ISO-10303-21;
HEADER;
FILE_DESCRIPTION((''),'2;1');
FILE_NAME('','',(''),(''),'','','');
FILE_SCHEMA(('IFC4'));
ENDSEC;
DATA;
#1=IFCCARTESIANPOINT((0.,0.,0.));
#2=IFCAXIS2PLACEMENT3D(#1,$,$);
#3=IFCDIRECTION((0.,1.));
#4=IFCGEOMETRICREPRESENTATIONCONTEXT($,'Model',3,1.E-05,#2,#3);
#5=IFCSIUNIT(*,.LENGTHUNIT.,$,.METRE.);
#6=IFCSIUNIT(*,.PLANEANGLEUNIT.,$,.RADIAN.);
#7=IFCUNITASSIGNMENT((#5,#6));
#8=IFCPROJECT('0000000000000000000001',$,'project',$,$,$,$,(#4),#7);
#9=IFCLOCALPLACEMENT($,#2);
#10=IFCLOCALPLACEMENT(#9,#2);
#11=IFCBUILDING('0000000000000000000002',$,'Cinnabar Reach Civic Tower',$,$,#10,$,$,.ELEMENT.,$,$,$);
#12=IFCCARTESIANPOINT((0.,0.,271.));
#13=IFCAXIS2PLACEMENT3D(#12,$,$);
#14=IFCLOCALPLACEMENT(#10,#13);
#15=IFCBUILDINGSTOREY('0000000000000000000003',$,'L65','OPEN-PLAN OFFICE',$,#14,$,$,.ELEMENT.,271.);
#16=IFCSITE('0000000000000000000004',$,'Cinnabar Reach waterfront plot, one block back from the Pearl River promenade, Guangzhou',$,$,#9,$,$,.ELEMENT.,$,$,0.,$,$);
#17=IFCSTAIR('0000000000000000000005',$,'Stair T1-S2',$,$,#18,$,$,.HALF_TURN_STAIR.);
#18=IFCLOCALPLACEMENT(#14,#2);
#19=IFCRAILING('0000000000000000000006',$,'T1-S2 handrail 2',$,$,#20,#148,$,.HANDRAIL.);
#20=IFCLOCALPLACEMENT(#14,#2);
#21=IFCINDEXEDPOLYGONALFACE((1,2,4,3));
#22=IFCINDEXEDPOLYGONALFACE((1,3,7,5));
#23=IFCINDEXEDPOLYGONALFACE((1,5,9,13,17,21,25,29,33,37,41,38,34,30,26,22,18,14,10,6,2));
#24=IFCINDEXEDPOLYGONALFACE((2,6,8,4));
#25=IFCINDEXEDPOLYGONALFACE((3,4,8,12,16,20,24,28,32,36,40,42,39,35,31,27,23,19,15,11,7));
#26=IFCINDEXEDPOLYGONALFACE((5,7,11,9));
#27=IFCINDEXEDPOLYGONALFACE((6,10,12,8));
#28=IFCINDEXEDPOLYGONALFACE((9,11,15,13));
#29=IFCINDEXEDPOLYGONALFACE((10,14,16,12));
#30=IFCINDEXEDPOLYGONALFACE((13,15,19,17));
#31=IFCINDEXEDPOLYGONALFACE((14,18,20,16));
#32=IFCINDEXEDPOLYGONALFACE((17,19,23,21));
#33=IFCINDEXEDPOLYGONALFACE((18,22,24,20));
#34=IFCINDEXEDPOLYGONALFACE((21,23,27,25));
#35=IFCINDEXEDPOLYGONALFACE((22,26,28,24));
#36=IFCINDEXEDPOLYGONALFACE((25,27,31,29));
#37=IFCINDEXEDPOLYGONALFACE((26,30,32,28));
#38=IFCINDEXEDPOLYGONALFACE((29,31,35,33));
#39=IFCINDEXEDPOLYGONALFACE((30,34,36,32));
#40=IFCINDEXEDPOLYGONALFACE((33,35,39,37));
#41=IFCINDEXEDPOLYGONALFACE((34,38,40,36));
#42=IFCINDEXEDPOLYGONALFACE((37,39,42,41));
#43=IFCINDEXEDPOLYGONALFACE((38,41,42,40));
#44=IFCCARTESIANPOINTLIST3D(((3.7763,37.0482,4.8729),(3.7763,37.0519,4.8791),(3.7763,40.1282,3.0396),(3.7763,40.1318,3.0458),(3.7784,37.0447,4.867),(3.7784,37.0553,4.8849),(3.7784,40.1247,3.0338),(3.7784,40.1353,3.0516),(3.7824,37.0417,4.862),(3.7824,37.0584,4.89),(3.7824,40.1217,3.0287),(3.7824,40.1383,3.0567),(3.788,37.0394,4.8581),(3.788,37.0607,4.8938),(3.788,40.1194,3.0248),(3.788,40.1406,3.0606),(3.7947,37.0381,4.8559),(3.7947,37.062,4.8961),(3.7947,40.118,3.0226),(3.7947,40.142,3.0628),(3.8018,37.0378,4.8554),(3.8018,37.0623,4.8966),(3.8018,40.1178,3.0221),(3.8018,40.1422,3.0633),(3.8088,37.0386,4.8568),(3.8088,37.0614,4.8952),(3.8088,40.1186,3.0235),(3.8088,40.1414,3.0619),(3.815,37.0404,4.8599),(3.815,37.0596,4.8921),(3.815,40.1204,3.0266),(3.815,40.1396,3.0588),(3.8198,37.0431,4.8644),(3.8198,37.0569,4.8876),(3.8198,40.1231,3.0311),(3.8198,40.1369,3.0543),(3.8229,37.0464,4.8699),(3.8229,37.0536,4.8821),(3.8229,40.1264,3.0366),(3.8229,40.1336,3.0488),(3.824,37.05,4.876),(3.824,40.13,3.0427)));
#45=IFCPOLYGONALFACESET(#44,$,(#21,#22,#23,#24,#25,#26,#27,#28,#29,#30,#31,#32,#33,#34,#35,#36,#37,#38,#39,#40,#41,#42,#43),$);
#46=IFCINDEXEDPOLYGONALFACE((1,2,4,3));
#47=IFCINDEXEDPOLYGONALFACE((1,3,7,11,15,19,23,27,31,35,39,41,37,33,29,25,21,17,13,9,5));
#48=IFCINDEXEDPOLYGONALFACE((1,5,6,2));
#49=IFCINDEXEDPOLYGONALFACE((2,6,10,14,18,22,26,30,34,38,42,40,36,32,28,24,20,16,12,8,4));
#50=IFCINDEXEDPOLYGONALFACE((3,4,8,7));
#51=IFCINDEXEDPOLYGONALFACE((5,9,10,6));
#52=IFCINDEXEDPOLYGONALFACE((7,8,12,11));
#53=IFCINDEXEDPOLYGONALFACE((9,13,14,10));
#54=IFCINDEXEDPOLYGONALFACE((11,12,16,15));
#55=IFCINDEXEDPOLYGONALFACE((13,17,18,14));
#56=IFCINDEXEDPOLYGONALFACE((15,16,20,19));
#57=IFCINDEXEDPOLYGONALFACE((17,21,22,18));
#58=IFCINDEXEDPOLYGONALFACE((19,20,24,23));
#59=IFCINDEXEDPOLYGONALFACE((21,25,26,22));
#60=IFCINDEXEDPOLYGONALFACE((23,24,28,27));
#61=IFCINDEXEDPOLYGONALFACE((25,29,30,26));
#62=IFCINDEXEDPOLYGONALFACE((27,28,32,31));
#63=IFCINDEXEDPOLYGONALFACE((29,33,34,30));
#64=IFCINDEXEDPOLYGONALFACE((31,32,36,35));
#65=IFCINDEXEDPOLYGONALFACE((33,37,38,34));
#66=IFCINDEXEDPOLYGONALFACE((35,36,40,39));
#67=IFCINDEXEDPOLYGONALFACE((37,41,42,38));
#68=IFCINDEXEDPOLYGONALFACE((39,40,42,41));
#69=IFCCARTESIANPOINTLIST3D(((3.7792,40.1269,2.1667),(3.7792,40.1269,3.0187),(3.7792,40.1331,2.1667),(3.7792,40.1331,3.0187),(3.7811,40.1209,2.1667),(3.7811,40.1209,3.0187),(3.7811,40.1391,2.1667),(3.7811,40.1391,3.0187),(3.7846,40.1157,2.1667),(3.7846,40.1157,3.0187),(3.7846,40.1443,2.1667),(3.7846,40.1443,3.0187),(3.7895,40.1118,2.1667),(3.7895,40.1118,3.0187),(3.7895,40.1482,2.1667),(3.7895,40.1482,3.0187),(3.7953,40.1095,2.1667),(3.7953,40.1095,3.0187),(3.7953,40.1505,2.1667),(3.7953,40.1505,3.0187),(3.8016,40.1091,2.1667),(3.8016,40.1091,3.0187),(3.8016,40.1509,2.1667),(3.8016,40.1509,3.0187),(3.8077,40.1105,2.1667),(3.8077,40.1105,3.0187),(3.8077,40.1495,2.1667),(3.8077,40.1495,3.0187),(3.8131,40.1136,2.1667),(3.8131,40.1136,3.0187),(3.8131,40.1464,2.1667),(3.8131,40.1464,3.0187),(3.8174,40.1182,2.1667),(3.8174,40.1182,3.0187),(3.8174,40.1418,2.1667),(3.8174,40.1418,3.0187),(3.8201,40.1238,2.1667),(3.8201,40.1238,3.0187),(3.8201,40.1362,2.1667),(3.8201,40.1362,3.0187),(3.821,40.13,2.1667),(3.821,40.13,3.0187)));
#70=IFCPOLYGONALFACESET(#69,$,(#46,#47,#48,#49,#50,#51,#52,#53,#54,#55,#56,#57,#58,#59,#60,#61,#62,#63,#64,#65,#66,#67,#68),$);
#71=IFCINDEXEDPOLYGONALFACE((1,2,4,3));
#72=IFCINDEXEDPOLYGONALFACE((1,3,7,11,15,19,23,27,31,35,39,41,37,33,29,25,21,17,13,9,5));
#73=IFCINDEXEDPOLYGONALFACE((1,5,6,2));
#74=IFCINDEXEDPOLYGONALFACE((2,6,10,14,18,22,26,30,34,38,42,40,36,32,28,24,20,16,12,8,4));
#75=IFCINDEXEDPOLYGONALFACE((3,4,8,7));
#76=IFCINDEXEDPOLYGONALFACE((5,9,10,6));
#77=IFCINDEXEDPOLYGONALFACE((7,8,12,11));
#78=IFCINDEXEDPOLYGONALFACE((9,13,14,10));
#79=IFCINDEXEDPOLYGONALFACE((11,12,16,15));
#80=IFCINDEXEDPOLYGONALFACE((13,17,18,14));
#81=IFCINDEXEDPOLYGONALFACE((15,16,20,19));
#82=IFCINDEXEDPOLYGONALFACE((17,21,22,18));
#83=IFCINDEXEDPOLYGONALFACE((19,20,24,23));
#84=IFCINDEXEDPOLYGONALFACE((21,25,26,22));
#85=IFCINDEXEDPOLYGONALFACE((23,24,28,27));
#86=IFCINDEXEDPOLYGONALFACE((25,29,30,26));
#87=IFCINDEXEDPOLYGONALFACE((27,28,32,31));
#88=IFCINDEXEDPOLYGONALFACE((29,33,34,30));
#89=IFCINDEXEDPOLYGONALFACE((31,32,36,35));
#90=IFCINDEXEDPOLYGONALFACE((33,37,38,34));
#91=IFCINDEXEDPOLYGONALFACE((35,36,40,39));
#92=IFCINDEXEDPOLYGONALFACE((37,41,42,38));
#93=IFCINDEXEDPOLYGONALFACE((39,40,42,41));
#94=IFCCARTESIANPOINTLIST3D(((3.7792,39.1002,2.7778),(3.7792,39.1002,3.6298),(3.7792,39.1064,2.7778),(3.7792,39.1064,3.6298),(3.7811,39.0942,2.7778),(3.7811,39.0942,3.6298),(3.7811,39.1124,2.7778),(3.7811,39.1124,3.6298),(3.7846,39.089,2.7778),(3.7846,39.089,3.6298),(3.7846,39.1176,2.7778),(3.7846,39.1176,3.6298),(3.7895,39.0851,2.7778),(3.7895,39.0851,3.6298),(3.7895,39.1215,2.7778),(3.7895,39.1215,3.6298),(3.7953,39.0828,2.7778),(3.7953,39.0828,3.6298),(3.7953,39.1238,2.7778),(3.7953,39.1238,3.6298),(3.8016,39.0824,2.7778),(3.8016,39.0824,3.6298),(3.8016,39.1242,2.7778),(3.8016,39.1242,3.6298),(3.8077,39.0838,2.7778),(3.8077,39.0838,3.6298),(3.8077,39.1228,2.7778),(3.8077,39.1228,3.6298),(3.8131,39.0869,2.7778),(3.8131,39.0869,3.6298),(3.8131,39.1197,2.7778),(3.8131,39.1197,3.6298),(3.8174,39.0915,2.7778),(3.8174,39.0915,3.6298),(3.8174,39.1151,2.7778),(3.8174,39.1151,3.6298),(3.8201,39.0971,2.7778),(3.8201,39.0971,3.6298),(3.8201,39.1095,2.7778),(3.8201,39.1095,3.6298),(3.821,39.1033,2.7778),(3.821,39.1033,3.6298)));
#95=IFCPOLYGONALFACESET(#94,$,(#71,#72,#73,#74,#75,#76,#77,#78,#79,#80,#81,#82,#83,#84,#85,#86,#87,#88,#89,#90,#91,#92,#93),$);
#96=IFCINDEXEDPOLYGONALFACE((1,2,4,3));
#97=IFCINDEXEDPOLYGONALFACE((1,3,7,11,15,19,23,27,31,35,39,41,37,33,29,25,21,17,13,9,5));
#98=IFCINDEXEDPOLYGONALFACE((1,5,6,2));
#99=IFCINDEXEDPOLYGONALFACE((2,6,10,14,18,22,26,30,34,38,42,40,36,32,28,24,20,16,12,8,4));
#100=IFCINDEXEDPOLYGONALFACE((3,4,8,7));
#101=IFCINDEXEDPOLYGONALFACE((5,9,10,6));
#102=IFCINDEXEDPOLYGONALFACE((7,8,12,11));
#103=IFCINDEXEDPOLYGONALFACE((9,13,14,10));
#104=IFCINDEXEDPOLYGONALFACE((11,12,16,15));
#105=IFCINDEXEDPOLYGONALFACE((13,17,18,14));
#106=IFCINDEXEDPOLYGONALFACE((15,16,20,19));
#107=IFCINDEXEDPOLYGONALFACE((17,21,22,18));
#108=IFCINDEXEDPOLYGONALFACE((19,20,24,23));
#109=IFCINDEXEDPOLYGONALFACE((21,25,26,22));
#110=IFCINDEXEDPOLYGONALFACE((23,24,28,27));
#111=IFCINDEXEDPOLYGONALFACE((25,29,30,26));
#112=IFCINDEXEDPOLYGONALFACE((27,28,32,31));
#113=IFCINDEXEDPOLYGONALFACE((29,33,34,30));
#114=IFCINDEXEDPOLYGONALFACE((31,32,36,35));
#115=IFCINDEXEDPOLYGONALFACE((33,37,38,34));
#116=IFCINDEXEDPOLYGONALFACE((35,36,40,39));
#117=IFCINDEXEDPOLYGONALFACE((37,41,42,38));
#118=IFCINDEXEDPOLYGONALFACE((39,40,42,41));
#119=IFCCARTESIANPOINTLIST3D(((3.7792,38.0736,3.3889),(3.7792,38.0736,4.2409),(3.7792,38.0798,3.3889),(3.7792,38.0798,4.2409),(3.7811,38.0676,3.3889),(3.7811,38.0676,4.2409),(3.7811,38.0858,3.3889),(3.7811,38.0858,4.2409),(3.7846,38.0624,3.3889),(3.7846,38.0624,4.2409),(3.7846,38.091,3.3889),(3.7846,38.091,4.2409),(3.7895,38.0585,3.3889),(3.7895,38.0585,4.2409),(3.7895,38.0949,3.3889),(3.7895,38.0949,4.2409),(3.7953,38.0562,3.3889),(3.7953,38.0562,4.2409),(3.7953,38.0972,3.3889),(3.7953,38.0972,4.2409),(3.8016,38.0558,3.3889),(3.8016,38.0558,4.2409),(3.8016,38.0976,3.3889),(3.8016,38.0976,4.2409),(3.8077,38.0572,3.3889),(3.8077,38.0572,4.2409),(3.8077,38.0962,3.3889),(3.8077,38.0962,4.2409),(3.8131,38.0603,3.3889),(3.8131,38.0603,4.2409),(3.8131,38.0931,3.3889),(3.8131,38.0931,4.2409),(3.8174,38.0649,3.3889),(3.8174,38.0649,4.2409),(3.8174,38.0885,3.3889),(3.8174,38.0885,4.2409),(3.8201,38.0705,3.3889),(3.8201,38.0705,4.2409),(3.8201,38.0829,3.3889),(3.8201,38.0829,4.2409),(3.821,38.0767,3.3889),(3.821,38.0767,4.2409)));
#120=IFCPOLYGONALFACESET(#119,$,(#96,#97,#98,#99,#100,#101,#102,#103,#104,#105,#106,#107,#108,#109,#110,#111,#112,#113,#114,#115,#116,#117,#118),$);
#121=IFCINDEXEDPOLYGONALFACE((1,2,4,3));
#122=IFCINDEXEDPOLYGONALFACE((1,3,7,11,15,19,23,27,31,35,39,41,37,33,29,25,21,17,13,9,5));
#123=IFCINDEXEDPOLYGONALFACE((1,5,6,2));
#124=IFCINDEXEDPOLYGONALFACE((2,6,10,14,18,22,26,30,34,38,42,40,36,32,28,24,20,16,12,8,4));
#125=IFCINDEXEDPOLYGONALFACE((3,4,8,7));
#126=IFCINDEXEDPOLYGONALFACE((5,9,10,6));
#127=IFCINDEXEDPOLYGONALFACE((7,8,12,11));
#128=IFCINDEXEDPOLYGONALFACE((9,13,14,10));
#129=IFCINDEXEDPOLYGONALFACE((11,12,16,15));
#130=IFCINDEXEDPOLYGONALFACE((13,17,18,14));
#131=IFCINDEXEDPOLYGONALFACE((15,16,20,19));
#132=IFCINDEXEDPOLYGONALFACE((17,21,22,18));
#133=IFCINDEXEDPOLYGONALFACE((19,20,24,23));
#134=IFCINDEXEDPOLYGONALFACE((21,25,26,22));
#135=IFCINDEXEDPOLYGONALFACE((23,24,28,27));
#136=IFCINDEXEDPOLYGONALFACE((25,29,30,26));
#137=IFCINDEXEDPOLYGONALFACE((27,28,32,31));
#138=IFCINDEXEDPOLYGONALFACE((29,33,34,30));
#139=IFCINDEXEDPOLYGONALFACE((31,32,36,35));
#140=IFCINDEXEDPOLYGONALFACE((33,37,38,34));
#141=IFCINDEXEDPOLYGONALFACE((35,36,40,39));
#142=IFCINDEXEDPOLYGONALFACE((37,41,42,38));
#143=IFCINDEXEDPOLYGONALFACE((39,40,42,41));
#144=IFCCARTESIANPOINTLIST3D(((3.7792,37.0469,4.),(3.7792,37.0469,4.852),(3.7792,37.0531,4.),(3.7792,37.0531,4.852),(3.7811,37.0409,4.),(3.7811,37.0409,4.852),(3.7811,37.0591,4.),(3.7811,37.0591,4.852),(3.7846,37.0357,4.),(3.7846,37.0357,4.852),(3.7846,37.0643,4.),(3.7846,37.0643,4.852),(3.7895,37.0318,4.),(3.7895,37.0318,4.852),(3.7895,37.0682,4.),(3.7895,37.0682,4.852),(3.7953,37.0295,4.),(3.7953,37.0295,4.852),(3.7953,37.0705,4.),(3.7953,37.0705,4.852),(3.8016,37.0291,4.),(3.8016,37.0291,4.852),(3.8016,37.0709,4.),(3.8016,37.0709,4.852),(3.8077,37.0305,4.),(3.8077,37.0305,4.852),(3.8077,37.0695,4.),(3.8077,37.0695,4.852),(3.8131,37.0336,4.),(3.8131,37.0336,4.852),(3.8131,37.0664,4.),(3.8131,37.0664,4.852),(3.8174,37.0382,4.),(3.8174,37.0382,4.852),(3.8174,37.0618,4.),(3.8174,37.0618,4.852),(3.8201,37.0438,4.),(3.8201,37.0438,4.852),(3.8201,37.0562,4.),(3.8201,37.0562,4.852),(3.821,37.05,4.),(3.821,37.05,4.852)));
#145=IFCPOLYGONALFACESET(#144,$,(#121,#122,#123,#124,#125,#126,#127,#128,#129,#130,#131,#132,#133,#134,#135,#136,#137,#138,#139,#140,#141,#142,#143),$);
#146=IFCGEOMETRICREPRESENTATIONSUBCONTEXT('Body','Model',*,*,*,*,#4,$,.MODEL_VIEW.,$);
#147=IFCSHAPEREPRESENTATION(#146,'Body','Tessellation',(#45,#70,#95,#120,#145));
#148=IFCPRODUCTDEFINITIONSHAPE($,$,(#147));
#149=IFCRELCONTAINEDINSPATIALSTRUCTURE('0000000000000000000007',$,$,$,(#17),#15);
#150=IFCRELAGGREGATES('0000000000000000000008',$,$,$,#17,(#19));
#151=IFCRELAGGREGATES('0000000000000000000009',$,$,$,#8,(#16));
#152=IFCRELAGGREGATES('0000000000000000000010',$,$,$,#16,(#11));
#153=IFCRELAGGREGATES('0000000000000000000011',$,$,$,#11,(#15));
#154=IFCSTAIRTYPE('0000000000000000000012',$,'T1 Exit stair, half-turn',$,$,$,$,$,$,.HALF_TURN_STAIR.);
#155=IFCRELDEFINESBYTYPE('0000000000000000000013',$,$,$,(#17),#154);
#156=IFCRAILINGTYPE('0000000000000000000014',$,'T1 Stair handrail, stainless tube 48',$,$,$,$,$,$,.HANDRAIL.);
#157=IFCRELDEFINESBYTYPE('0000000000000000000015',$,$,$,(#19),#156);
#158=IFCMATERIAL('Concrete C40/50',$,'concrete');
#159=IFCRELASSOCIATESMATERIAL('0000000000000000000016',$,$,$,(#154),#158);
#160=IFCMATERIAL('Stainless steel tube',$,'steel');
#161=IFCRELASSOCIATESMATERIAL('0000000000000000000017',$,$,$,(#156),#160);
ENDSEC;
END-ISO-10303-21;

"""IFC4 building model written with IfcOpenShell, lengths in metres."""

from ifc_helpers import new_model, si_unit, direction, frame, origin, origin_2d, place, context, subcontext, project, spatial, circle, extrude, material, type_object, element, aggregate, save


model = new_model("IFC4")

# Units and contexts
model_context = context("Model", 3, precision=1e-05, world=origin(), true_north=direction((0.0, 1.0)))
body_context = subcontext(model_context, "Body", "Model", "MODEL_VIEW")
ifc_project = project(units=[si_unit("LENGTHUNIT", "METRE"), si_unit("PLANEANGLEUNIT", "RADIAN")], contexts=[model_context])

# Site, building, storey
site_placement = place(None, origin())
site = spatial("IfcSite", under=ifc_project, at=site_placement, Name="Cinnabar Reach waterfront plot, one block back from the Pearl River promenade, Guangzhou", CompositionType="ELEMENT", RefElevation=0.0)
building_placement = place(site_placement, origin())
building = spatial("IfcBuilding", under=site, at=building_placement, Name="Cinnabar Reach Civic Tower", CompositionType="ELEMENT")
storey_placement = place(building_placement, frame((0.0, 0.0, 271.0)))
storey = spatial("IfcBuildingStorey", under=building, at=storey_placement, Name="L65", Description="OPEN-PLAN OFFICE", CompositionType="ELEMENT", Elevation=271.0)

# Shared definitions
ifc_material_1 = material(Name="Concrete C40/50", Category="concrete")

# Stair, railing
stair_type = type_object("IfcStairType", Name="T1 Exit stair, half-turn", PredefinedType="HALF_TURN_STAIR", material=ifc_material_1)
stair_placement = place(storey_placement, origin())
stair = element("IfcStair", 1, at=stair_placement, inside=storey, type_object=stair_type, Name="Stair T1-S2", PredefinedType="HALF_TURN_STAIR")
ifc_material_2 = material(Name="Stainless steel tube", Category="steel")
railing_type = type_object("IfcRailingType", Name="T1 Stair handrail, stainless tube 48", PredefinedType="HANDRAIL", material=ifc_material_2)
railing_1_placement = place(storey_placement, frame((3.8, 40.13, 2.1667)))
railing_1 = element("IfcRailing", 2, at=railing_1_placement, type_object=railing_type, Name="T1-S2 handrail 2", PredefinedType="HANDRAIL", context=body_context, shape_type="SweptSolid", body=[
    extrude(circle(Radius=0.024, at=origin_2d()), frame((0.0, 0.0, 0.876), z_axis=(0.0, -0.859297, 0.511477), x_axis=(1.0, 0.0, 0.0)), (0.0, 0.0, 1.0), 3.5843),
    extrude(circle(Radius=0.021, at=origin_2d()), origin(), (0.0, 0.0, 1.0), 0.852),
    extrude(circle(Radius=0.021, at=origin_2d()), frame((0.0, -1.0267, 0.6111)), (0.0, 0.0, 1.0), 0.852),
    extrude(circle(Radius=0.021, at=origin_2d()), frame((0.0, -2.0533, 1.2222)), (0.0, 0.0, 1.0), 0.852),
    extrude(circle(Radius=0.021, at=origin_2d()), frame((0.0, -3.08, 1.8333)), (0.0, 0.0, 1.0), 0.852),
])
aggregate(stair, [railing_1])

save(model, "model.ifc")
